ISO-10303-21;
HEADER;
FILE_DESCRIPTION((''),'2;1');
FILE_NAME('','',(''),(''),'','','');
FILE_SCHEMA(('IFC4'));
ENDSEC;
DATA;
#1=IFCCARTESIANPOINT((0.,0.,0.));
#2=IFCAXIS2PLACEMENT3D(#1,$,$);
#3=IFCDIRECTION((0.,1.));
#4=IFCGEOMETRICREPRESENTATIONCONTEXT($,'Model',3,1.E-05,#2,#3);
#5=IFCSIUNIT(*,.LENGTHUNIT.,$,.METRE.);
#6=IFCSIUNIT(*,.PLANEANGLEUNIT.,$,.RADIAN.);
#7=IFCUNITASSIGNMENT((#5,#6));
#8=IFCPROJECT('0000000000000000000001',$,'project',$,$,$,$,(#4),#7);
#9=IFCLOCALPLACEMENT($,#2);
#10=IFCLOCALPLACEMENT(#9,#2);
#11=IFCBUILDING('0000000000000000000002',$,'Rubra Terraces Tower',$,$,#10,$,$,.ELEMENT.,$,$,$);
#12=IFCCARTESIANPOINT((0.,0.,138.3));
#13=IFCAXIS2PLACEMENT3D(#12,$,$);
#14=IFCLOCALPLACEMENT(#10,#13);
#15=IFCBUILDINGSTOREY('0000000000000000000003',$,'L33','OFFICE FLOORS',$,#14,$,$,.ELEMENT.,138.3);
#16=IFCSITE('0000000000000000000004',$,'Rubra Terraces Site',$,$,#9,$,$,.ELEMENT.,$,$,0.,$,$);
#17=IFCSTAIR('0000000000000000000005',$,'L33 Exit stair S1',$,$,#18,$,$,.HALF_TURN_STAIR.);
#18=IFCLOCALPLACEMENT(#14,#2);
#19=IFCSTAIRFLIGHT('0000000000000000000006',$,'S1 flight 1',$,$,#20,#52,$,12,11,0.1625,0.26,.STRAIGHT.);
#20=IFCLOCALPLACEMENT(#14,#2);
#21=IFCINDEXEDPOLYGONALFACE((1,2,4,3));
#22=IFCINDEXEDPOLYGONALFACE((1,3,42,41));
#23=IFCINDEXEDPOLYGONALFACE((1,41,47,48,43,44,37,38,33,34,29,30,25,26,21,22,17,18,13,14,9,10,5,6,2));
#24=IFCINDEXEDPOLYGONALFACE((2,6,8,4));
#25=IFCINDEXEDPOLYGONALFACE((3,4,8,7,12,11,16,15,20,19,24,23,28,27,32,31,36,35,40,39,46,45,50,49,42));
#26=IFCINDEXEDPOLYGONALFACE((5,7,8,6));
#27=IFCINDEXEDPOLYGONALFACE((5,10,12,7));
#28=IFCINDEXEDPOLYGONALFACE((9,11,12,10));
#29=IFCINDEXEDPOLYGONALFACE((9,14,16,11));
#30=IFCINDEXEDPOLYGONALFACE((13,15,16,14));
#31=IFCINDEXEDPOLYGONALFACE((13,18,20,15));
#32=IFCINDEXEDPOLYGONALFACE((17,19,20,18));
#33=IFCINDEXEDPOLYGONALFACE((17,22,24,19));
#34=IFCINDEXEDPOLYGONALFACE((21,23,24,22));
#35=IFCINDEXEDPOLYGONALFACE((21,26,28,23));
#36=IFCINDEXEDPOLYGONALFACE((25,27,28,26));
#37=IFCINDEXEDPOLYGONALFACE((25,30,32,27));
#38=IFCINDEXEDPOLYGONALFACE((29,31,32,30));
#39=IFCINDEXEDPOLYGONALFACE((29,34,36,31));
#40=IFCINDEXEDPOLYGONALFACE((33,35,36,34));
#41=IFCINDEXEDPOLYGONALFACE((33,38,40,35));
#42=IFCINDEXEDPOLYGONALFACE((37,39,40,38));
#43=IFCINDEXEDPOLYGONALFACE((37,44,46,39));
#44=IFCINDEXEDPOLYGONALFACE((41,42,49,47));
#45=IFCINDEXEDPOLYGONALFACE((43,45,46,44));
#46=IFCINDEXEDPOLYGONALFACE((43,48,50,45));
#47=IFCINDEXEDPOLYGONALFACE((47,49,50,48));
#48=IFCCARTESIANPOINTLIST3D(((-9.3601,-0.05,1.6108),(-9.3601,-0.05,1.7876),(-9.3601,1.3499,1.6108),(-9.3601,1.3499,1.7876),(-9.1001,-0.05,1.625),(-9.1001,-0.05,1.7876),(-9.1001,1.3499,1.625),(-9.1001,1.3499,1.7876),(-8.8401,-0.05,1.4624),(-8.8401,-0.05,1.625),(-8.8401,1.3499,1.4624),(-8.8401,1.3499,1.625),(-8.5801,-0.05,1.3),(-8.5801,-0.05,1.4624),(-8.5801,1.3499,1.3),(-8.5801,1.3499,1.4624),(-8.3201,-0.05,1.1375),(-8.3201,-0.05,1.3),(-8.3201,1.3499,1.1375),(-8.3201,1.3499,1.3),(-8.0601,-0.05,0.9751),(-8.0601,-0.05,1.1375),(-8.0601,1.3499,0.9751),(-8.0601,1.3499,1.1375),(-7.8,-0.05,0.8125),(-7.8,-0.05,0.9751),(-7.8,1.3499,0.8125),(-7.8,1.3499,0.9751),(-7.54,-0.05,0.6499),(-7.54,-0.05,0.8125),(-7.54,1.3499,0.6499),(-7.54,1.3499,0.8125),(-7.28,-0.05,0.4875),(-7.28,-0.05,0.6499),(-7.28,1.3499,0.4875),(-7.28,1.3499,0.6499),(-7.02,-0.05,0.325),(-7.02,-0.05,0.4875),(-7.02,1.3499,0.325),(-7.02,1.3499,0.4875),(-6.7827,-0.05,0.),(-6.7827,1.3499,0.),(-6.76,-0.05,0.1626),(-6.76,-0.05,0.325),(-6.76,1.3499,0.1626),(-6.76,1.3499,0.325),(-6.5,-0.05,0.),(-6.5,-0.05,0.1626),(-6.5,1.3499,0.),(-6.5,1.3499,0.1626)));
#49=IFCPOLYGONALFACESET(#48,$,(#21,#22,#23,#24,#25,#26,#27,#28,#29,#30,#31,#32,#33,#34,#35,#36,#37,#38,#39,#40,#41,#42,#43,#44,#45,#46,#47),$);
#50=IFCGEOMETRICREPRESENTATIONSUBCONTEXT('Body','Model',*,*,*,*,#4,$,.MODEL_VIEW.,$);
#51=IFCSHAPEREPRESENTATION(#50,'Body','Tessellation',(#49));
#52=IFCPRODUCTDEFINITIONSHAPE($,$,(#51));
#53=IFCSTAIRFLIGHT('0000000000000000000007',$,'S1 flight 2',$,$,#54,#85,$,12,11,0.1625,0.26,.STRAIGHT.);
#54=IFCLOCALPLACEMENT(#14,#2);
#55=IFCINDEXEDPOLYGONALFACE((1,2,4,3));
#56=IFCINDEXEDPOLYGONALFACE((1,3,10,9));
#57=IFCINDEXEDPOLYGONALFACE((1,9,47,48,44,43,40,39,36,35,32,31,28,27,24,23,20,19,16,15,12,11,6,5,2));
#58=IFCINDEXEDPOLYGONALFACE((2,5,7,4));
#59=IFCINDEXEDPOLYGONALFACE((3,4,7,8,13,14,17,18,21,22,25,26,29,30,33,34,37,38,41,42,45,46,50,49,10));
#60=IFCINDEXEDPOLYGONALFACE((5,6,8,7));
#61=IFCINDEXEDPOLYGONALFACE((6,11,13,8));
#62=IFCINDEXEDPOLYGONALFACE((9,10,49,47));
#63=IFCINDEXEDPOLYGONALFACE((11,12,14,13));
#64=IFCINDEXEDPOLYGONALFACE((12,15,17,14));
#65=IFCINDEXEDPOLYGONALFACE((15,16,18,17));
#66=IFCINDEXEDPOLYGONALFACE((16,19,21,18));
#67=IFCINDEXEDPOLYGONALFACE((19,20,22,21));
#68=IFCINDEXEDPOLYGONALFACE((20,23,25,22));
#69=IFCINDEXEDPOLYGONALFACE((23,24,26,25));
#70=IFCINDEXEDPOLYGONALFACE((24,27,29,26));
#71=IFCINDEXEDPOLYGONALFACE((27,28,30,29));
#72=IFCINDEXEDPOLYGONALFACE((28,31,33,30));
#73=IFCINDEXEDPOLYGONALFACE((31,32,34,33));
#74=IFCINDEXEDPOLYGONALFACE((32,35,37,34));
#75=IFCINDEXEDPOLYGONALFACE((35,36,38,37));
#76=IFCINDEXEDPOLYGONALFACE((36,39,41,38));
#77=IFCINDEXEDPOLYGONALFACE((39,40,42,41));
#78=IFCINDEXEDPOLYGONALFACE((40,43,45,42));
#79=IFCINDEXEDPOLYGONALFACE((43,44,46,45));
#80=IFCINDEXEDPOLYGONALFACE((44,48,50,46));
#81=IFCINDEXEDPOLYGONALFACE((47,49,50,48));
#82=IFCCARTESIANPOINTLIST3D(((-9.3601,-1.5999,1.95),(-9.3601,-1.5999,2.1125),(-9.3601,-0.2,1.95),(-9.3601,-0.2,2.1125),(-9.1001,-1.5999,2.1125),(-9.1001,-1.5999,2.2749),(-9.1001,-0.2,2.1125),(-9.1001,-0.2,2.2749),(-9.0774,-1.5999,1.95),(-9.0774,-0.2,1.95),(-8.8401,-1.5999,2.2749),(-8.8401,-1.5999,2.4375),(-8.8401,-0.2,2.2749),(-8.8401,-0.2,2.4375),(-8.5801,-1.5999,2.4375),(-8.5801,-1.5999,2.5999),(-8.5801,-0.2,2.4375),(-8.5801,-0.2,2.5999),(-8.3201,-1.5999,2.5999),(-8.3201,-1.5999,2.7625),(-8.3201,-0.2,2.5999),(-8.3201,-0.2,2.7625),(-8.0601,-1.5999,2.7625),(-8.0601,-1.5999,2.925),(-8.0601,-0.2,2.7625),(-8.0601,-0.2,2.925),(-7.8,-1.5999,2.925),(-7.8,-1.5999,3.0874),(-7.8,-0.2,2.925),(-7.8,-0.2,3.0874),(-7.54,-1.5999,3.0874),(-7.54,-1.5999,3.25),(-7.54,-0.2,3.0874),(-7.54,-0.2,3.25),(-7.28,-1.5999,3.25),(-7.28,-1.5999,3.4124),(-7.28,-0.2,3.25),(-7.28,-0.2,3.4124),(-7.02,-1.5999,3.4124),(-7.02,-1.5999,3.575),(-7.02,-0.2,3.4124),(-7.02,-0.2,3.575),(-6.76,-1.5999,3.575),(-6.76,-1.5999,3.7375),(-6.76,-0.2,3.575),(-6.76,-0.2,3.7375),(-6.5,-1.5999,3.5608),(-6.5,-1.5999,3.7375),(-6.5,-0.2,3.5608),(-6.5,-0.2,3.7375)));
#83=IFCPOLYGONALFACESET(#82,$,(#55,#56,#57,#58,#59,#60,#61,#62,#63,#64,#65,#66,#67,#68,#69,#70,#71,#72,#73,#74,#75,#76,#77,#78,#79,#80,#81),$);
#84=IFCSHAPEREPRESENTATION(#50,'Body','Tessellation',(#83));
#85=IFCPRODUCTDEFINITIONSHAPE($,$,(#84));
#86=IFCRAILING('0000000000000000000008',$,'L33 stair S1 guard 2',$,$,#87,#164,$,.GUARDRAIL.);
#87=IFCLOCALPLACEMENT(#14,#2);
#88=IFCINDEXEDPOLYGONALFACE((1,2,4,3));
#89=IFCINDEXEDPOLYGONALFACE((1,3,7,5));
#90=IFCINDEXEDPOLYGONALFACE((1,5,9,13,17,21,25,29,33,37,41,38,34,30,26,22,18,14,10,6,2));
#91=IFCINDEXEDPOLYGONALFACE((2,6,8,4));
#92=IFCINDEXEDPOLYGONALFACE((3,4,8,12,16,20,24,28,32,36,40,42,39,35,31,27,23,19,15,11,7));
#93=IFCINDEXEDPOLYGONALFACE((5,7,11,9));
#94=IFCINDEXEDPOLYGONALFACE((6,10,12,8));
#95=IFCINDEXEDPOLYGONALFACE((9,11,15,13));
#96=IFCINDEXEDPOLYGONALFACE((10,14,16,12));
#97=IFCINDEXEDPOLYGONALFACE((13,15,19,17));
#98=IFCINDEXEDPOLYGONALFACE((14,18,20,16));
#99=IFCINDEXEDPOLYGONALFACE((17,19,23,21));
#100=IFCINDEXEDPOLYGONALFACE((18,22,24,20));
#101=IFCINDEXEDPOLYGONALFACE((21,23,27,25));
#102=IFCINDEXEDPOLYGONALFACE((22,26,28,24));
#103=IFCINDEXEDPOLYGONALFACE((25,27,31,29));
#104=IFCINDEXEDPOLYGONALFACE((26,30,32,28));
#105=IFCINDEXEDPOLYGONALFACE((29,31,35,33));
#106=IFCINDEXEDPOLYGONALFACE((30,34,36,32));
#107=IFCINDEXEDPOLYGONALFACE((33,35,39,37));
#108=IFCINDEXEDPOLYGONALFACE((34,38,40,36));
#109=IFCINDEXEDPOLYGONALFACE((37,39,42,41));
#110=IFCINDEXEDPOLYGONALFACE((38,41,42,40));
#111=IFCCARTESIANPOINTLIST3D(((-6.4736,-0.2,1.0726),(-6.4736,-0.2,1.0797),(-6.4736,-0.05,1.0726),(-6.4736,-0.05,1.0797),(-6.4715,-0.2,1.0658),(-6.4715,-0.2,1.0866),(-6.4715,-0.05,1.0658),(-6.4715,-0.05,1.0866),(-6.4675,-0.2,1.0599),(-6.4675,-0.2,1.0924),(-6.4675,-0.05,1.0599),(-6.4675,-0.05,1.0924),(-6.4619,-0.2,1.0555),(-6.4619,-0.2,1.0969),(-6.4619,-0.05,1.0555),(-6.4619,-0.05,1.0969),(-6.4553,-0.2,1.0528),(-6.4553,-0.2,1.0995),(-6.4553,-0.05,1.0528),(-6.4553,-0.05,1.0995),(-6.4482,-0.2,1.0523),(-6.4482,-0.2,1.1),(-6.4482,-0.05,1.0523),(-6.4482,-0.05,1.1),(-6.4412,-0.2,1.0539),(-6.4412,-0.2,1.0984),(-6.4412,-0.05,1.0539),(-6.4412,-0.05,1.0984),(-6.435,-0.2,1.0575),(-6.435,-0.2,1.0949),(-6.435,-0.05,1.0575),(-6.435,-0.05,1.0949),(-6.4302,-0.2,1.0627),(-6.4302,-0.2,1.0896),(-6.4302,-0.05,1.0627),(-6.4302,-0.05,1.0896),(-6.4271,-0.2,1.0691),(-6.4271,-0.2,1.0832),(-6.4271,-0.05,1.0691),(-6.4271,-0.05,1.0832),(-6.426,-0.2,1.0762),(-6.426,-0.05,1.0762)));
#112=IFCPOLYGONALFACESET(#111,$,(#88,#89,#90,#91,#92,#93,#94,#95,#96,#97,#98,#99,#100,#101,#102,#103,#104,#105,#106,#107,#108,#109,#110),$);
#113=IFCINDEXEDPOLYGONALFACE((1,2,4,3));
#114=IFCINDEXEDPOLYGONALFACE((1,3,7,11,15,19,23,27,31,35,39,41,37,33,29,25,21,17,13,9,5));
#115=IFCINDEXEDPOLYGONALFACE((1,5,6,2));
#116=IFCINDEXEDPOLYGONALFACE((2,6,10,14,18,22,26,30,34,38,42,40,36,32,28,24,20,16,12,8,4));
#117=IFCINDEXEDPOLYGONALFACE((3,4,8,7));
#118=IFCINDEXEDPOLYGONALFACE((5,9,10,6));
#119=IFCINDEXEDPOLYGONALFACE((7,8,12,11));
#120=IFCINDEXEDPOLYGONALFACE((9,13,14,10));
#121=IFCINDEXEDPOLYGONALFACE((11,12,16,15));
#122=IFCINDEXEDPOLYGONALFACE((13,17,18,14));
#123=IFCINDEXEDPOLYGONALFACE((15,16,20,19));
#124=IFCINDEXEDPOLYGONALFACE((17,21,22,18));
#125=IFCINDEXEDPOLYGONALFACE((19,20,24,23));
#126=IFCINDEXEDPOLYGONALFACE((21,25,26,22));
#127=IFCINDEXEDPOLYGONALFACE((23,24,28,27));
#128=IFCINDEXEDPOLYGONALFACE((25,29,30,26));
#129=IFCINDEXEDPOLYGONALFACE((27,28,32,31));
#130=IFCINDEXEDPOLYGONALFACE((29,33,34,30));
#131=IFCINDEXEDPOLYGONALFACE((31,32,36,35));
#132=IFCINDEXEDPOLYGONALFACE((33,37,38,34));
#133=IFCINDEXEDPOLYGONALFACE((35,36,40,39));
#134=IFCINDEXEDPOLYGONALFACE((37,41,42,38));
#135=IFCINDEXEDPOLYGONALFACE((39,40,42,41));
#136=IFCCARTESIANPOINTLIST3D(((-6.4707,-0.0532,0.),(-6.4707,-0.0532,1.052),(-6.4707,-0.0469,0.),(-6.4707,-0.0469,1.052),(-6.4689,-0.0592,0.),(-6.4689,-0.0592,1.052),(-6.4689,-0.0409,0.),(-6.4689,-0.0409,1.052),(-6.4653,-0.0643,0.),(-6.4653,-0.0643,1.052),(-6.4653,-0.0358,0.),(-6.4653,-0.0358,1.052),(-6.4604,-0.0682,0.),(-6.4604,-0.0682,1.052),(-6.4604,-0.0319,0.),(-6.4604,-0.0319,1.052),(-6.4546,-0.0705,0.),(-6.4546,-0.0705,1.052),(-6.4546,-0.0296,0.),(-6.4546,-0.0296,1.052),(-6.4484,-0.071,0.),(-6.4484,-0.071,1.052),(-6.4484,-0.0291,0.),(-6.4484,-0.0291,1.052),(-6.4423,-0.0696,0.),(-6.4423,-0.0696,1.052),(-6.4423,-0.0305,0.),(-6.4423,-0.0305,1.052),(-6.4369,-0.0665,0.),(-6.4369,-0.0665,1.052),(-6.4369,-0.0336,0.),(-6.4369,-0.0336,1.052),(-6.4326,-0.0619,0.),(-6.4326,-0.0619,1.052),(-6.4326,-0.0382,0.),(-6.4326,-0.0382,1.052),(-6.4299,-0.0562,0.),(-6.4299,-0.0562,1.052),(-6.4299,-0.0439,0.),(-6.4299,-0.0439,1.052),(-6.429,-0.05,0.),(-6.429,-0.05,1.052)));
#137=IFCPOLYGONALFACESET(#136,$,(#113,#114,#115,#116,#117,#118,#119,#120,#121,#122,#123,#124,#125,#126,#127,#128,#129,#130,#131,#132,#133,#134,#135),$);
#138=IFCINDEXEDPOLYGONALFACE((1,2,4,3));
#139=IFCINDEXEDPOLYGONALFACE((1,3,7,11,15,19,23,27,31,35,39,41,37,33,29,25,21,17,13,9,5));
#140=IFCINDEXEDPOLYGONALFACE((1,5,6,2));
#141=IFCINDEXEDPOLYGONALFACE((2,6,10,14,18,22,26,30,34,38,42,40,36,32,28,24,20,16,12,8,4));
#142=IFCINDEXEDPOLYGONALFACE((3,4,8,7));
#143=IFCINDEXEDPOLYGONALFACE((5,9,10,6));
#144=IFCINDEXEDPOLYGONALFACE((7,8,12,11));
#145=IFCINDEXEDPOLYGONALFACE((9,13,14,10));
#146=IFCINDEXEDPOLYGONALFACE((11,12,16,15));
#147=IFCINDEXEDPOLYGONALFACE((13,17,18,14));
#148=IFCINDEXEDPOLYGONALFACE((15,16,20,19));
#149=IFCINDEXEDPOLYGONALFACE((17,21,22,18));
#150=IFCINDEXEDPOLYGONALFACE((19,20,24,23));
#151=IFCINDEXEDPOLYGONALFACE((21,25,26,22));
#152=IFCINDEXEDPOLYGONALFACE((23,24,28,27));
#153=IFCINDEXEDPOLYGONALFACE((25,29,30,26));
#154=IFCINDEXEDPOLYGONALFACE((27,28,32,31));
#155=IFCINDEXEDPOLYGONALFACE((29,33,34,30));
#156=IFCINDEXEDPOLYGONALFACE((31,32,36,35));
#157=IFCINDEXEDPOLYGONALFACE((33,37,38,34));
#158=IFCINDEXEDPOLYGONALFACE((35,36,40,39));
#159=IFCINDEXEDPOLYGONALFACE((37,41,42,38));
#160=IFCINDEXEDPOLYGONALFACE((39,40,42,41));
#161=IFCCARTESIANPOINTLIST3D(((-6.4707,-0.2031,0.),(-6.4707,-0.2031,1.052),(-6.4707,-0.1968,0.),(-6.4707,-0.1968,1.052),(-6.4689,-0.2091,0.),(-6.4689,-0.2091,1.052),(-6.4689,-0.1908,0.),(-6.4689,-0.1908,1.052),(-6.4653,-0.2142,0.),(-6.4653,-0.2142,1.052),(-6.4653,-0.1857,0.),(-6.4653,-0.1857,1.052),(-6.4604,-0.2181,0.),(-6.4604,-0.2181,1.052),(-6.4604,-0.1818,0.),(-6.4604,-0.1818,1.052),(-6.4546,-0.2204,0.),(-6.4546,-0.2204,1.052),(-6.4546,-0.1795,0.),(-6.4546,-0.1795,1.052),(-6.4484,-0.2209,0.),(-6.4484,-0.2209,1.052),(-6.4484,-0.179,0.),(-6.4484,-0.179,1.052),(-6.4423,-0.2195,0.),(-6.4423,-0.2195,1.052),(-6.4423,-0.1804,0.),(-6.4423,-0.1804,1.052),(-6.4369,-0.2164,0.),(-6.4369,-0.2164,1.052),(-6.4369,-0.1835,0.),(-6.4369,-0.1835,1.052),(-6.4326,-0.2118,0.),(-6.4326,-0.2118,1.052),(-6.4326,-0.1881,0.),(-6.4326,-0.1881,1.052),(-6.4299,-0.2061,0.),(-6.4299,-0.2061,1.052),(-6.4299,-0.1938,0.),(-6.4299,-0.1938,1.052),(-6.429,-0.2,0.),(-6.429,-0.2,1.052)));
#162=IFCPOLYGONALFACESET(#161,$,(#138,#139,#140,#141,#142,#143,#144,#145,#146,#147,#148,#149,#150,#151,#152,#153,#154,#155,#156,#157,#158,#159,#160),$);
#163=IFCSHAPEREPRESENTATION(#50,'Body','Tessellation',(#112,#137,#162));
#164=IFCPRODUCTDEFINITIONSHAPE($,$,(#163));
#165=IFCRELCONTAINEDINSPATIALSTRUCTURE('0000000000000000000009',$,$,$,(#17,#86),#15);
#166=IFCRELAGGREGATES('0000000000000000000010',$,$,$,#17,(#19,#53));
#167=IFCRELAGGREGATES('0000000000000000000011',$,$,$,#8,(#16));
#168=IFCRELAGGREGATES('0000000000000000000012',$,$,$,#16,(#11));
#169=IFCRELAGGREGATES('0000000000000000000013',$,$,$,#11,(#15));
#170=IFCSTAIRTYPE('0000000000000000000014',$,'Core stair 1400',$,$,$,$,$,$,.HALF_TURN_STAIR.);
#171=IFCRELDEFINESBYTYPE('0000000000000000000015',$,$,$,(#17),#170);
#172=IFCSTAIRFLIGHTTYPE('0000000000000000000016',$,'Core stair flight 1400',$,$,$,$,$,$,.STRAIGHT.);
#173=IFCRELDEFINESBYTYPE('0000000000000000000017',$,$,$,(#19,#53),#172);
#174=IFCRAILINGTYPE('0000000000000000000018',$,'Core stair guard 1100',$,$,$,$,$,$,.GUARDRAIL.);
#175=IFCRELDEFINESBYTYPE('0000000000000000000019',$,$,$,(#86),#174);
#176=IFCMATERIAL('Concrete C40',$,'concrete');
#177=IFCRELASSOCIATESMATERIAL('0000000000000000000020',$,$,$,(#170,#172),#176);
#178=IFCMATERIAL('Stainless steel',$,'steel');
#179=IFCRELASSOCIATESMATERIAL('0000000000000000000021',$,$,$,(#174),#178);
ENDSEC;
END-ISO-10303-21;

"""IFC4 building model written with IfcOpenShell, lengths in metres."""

from ifc_helpers import new_model, si_unit, direction, frame, origin, origin_2d, place, context, subcontext, project, spatial, polyline, circle, outline, extrude, material, type_object, element, aggregate, save


model = new_model("IFC4")

# Units and contexts
model_context = context("Model", 3, precision=1e-05, world=origin(), true_north=direction((0.0, 1.0)))
body_context = subcontext(model_context, "Body", "Model", "MODEL_VIEW")
ifc_project = project(units=[si_unit("LENGTHUNIT", "METRE"), si_unit("PLANEANGLEUNIT", "RADIAN")], contexts=[model_context])

# Site, building, storey
site_placement = place(None, origin())
site = spatial("IfcSite", under=ifc_project, at=site_placement, Name="Rubra Terraces Site", CompositionType="ELEMENT", RefElevation=0.0)
building_placement = place(site_placement, origin())
building = spatial("IfcBuilding", under=site, at=building_placement, Name="Rubra Terraces Tower", CompositionType="ELEMENT")
storey_placement = place(building_placement, frame((0.0, 0.0, 138.3)))
storey = spatial("IfcBuildingStorey", under=building, at=storey_placement, Name="L33", Description="OFFICE FLOORS", CompositionType="ELEMENT", Elevation=138.3)

# Shared definitions
ifc_material_1 = material(Name="Concrete C40", Category="concrete")

# Stair, stair flights
stair_type = type_object("IfcStairType", Name="Core stair 1400", PredefinedType="HALF_TURN_STAIR", material=ifc_material_1)
stair_placement = place(storey_placement, origin())
stair = element("IfcStair", 1, at=stair_placement, inside=storey, type_object=stair_type, Name="L33 Exit stair S1", PredefinedType="HALF_TURN_STAIR")
stair_flight_type = type_object("IfcStairFlightType", Name="Core stair flight 1400", PredefinedType="STRAIGHT", material=ifc_material_1)
stair_flight_1_placement = place(storey_placement, frame((-6.5, 0.6499, 0.0), z_axis=(0.0, 0.0, 1.0), x_axis=(-1.0, 0.0, 0.0)))
stair_flight_1 = element("IfcStairFlight", 2, at=stair_flight_1_placement, type_object=stair_flight_type, Name="S1 flight 1", NumberOfRisers=12, NumberOfTreads=11, PredefinedType="STRAIGHT", RiserHeight=0.1625, TreadLength=0.26, context=body_context, shape_type="SweptSolid", body=[
    extrude(outline(polyline([(0.0, 0.0), (0.0, 0.1626), (0.26, 0.1626), (0.26, 0.325), (0.52, 0.325), (0.52, 0.4875), (0.78, 0.4875), (0.78, 0.6499), (1.04, 0.6499), (1.04, 0.8125), (1.3, 0.8125), (1.3, 0.9751), (1.5601, 0.9751), (1.5601, 1.1375), (1.8201, 1.1375), (1.8201, 1.3), (2.0801, 1.3), (2.0801, 1.4624), (2.3401, 1.4624), (2.3401, 1.625), (2.6001, 1.625), (2.6001, 1.7876), (2.8601, 1.7876), (2.8601, 1.95), (2.8601, 1.6108), (0.2827, 0.0), (0.0, 0.0)])), frame((0.0, 0.7, 0.0), z_axis=(0.0, -1.0, 0.0), x_axis=(1.0, 0.0, 0.0)), (0.0, 0.0, 1.0), 1.3999),
])
stair_flight_2_placement = place(storey_placement, frame((-9.3601, -0.8999, 1.95), z_axis=(0.0, 0.0, 1.0), x_axis=(1.0, 0.0, 0.0)))
stair_flight_2 = element("IfcStairFlight", 3, at=stair_flight_2_placement, type_object=stair_flight_type, Name="S1 flight 2", NumberOfRisers=12, NumberOfTreads=11, PredefinedType="STRAIGHT", RiserHeight=0.1625, TreadLength=0.26, context=body_context, shape_type="SweptSolid", body=[
    extrude(outline(polyline([(0.0, 0.0), (0.0, 0.1626), (0.26, 0.1626), (0.26, 0.325), (0.52, 0.325), (0.52, 0.4875), (0.78, 0.4875), (0.78, 0.6499), (1.04, 0.6499), (1.04, 0.8125), (1.3, 0.8125), (1.3, 0.9751), (1.5601, 0.9751), (1.5601, 1.1375), (1.8201, 1.1375), (1.8201, 1.3), (2.0801, 1.3), (2.0801, 1.4624), (2.3401, 1.4624), (2.3401, 1.625), (2.6001, 1.625), (2.6001, 1.7876), (2.8601, 1.7876), (2.8601, 1.95), (2.8601, 1.6108), (0.2827, 0.0), (0.0, 0.0)])), frame((0.0, 0.7, 0.0), z_axis=(0.0, -1.0, 0.0), x_axis=(1.0, 0.0, 0.0)), (0.0, 0.0, 1.0), 1.3999),
])
aggregate(stair, [stair_flight_1, stair_flight_2])

# Railing
ifc_material_2 = material(Name="Stainless steel", Category="steel")
railing_type = type_object("IfcRailingType", Name="Core stair guard 1100", PredefinedType="GUARDRAIL", material=ifc_material_2)
railing_1_placement = place(storey_placement, frame((-6.45, -0.05, 0.0)))
element("IfcRailing", 4, at=railing_1_placement, inside=storey, type_object=railing_type, Name="L33 stair S1 guard 2", PredefinedType="GUARDRAIL", context=body_context, shape_type="SweptSolid", body=[
    extrude(circle(Radius=0.0239, at=origin_2d()), frame((0.0, 0.0, 1.0762), z_axis=(0.0, -1.0, 0.0), x_axis=(1.0, 0.0, 0.0)), (0.0, 0.0, 1.0), 0.1499),
    extrude(circle(Radius=0.021, at=origin_2d()), origin(), (0.0, 0.0, 1.0), 1.052),
    extrude(circle(Radius=0.021, at=origin_2d()), frame((0.0, -0.1499, 0.0)), (0.0, 0.0, 1.0), 1.052),
])

save(model, "model.ifc")
